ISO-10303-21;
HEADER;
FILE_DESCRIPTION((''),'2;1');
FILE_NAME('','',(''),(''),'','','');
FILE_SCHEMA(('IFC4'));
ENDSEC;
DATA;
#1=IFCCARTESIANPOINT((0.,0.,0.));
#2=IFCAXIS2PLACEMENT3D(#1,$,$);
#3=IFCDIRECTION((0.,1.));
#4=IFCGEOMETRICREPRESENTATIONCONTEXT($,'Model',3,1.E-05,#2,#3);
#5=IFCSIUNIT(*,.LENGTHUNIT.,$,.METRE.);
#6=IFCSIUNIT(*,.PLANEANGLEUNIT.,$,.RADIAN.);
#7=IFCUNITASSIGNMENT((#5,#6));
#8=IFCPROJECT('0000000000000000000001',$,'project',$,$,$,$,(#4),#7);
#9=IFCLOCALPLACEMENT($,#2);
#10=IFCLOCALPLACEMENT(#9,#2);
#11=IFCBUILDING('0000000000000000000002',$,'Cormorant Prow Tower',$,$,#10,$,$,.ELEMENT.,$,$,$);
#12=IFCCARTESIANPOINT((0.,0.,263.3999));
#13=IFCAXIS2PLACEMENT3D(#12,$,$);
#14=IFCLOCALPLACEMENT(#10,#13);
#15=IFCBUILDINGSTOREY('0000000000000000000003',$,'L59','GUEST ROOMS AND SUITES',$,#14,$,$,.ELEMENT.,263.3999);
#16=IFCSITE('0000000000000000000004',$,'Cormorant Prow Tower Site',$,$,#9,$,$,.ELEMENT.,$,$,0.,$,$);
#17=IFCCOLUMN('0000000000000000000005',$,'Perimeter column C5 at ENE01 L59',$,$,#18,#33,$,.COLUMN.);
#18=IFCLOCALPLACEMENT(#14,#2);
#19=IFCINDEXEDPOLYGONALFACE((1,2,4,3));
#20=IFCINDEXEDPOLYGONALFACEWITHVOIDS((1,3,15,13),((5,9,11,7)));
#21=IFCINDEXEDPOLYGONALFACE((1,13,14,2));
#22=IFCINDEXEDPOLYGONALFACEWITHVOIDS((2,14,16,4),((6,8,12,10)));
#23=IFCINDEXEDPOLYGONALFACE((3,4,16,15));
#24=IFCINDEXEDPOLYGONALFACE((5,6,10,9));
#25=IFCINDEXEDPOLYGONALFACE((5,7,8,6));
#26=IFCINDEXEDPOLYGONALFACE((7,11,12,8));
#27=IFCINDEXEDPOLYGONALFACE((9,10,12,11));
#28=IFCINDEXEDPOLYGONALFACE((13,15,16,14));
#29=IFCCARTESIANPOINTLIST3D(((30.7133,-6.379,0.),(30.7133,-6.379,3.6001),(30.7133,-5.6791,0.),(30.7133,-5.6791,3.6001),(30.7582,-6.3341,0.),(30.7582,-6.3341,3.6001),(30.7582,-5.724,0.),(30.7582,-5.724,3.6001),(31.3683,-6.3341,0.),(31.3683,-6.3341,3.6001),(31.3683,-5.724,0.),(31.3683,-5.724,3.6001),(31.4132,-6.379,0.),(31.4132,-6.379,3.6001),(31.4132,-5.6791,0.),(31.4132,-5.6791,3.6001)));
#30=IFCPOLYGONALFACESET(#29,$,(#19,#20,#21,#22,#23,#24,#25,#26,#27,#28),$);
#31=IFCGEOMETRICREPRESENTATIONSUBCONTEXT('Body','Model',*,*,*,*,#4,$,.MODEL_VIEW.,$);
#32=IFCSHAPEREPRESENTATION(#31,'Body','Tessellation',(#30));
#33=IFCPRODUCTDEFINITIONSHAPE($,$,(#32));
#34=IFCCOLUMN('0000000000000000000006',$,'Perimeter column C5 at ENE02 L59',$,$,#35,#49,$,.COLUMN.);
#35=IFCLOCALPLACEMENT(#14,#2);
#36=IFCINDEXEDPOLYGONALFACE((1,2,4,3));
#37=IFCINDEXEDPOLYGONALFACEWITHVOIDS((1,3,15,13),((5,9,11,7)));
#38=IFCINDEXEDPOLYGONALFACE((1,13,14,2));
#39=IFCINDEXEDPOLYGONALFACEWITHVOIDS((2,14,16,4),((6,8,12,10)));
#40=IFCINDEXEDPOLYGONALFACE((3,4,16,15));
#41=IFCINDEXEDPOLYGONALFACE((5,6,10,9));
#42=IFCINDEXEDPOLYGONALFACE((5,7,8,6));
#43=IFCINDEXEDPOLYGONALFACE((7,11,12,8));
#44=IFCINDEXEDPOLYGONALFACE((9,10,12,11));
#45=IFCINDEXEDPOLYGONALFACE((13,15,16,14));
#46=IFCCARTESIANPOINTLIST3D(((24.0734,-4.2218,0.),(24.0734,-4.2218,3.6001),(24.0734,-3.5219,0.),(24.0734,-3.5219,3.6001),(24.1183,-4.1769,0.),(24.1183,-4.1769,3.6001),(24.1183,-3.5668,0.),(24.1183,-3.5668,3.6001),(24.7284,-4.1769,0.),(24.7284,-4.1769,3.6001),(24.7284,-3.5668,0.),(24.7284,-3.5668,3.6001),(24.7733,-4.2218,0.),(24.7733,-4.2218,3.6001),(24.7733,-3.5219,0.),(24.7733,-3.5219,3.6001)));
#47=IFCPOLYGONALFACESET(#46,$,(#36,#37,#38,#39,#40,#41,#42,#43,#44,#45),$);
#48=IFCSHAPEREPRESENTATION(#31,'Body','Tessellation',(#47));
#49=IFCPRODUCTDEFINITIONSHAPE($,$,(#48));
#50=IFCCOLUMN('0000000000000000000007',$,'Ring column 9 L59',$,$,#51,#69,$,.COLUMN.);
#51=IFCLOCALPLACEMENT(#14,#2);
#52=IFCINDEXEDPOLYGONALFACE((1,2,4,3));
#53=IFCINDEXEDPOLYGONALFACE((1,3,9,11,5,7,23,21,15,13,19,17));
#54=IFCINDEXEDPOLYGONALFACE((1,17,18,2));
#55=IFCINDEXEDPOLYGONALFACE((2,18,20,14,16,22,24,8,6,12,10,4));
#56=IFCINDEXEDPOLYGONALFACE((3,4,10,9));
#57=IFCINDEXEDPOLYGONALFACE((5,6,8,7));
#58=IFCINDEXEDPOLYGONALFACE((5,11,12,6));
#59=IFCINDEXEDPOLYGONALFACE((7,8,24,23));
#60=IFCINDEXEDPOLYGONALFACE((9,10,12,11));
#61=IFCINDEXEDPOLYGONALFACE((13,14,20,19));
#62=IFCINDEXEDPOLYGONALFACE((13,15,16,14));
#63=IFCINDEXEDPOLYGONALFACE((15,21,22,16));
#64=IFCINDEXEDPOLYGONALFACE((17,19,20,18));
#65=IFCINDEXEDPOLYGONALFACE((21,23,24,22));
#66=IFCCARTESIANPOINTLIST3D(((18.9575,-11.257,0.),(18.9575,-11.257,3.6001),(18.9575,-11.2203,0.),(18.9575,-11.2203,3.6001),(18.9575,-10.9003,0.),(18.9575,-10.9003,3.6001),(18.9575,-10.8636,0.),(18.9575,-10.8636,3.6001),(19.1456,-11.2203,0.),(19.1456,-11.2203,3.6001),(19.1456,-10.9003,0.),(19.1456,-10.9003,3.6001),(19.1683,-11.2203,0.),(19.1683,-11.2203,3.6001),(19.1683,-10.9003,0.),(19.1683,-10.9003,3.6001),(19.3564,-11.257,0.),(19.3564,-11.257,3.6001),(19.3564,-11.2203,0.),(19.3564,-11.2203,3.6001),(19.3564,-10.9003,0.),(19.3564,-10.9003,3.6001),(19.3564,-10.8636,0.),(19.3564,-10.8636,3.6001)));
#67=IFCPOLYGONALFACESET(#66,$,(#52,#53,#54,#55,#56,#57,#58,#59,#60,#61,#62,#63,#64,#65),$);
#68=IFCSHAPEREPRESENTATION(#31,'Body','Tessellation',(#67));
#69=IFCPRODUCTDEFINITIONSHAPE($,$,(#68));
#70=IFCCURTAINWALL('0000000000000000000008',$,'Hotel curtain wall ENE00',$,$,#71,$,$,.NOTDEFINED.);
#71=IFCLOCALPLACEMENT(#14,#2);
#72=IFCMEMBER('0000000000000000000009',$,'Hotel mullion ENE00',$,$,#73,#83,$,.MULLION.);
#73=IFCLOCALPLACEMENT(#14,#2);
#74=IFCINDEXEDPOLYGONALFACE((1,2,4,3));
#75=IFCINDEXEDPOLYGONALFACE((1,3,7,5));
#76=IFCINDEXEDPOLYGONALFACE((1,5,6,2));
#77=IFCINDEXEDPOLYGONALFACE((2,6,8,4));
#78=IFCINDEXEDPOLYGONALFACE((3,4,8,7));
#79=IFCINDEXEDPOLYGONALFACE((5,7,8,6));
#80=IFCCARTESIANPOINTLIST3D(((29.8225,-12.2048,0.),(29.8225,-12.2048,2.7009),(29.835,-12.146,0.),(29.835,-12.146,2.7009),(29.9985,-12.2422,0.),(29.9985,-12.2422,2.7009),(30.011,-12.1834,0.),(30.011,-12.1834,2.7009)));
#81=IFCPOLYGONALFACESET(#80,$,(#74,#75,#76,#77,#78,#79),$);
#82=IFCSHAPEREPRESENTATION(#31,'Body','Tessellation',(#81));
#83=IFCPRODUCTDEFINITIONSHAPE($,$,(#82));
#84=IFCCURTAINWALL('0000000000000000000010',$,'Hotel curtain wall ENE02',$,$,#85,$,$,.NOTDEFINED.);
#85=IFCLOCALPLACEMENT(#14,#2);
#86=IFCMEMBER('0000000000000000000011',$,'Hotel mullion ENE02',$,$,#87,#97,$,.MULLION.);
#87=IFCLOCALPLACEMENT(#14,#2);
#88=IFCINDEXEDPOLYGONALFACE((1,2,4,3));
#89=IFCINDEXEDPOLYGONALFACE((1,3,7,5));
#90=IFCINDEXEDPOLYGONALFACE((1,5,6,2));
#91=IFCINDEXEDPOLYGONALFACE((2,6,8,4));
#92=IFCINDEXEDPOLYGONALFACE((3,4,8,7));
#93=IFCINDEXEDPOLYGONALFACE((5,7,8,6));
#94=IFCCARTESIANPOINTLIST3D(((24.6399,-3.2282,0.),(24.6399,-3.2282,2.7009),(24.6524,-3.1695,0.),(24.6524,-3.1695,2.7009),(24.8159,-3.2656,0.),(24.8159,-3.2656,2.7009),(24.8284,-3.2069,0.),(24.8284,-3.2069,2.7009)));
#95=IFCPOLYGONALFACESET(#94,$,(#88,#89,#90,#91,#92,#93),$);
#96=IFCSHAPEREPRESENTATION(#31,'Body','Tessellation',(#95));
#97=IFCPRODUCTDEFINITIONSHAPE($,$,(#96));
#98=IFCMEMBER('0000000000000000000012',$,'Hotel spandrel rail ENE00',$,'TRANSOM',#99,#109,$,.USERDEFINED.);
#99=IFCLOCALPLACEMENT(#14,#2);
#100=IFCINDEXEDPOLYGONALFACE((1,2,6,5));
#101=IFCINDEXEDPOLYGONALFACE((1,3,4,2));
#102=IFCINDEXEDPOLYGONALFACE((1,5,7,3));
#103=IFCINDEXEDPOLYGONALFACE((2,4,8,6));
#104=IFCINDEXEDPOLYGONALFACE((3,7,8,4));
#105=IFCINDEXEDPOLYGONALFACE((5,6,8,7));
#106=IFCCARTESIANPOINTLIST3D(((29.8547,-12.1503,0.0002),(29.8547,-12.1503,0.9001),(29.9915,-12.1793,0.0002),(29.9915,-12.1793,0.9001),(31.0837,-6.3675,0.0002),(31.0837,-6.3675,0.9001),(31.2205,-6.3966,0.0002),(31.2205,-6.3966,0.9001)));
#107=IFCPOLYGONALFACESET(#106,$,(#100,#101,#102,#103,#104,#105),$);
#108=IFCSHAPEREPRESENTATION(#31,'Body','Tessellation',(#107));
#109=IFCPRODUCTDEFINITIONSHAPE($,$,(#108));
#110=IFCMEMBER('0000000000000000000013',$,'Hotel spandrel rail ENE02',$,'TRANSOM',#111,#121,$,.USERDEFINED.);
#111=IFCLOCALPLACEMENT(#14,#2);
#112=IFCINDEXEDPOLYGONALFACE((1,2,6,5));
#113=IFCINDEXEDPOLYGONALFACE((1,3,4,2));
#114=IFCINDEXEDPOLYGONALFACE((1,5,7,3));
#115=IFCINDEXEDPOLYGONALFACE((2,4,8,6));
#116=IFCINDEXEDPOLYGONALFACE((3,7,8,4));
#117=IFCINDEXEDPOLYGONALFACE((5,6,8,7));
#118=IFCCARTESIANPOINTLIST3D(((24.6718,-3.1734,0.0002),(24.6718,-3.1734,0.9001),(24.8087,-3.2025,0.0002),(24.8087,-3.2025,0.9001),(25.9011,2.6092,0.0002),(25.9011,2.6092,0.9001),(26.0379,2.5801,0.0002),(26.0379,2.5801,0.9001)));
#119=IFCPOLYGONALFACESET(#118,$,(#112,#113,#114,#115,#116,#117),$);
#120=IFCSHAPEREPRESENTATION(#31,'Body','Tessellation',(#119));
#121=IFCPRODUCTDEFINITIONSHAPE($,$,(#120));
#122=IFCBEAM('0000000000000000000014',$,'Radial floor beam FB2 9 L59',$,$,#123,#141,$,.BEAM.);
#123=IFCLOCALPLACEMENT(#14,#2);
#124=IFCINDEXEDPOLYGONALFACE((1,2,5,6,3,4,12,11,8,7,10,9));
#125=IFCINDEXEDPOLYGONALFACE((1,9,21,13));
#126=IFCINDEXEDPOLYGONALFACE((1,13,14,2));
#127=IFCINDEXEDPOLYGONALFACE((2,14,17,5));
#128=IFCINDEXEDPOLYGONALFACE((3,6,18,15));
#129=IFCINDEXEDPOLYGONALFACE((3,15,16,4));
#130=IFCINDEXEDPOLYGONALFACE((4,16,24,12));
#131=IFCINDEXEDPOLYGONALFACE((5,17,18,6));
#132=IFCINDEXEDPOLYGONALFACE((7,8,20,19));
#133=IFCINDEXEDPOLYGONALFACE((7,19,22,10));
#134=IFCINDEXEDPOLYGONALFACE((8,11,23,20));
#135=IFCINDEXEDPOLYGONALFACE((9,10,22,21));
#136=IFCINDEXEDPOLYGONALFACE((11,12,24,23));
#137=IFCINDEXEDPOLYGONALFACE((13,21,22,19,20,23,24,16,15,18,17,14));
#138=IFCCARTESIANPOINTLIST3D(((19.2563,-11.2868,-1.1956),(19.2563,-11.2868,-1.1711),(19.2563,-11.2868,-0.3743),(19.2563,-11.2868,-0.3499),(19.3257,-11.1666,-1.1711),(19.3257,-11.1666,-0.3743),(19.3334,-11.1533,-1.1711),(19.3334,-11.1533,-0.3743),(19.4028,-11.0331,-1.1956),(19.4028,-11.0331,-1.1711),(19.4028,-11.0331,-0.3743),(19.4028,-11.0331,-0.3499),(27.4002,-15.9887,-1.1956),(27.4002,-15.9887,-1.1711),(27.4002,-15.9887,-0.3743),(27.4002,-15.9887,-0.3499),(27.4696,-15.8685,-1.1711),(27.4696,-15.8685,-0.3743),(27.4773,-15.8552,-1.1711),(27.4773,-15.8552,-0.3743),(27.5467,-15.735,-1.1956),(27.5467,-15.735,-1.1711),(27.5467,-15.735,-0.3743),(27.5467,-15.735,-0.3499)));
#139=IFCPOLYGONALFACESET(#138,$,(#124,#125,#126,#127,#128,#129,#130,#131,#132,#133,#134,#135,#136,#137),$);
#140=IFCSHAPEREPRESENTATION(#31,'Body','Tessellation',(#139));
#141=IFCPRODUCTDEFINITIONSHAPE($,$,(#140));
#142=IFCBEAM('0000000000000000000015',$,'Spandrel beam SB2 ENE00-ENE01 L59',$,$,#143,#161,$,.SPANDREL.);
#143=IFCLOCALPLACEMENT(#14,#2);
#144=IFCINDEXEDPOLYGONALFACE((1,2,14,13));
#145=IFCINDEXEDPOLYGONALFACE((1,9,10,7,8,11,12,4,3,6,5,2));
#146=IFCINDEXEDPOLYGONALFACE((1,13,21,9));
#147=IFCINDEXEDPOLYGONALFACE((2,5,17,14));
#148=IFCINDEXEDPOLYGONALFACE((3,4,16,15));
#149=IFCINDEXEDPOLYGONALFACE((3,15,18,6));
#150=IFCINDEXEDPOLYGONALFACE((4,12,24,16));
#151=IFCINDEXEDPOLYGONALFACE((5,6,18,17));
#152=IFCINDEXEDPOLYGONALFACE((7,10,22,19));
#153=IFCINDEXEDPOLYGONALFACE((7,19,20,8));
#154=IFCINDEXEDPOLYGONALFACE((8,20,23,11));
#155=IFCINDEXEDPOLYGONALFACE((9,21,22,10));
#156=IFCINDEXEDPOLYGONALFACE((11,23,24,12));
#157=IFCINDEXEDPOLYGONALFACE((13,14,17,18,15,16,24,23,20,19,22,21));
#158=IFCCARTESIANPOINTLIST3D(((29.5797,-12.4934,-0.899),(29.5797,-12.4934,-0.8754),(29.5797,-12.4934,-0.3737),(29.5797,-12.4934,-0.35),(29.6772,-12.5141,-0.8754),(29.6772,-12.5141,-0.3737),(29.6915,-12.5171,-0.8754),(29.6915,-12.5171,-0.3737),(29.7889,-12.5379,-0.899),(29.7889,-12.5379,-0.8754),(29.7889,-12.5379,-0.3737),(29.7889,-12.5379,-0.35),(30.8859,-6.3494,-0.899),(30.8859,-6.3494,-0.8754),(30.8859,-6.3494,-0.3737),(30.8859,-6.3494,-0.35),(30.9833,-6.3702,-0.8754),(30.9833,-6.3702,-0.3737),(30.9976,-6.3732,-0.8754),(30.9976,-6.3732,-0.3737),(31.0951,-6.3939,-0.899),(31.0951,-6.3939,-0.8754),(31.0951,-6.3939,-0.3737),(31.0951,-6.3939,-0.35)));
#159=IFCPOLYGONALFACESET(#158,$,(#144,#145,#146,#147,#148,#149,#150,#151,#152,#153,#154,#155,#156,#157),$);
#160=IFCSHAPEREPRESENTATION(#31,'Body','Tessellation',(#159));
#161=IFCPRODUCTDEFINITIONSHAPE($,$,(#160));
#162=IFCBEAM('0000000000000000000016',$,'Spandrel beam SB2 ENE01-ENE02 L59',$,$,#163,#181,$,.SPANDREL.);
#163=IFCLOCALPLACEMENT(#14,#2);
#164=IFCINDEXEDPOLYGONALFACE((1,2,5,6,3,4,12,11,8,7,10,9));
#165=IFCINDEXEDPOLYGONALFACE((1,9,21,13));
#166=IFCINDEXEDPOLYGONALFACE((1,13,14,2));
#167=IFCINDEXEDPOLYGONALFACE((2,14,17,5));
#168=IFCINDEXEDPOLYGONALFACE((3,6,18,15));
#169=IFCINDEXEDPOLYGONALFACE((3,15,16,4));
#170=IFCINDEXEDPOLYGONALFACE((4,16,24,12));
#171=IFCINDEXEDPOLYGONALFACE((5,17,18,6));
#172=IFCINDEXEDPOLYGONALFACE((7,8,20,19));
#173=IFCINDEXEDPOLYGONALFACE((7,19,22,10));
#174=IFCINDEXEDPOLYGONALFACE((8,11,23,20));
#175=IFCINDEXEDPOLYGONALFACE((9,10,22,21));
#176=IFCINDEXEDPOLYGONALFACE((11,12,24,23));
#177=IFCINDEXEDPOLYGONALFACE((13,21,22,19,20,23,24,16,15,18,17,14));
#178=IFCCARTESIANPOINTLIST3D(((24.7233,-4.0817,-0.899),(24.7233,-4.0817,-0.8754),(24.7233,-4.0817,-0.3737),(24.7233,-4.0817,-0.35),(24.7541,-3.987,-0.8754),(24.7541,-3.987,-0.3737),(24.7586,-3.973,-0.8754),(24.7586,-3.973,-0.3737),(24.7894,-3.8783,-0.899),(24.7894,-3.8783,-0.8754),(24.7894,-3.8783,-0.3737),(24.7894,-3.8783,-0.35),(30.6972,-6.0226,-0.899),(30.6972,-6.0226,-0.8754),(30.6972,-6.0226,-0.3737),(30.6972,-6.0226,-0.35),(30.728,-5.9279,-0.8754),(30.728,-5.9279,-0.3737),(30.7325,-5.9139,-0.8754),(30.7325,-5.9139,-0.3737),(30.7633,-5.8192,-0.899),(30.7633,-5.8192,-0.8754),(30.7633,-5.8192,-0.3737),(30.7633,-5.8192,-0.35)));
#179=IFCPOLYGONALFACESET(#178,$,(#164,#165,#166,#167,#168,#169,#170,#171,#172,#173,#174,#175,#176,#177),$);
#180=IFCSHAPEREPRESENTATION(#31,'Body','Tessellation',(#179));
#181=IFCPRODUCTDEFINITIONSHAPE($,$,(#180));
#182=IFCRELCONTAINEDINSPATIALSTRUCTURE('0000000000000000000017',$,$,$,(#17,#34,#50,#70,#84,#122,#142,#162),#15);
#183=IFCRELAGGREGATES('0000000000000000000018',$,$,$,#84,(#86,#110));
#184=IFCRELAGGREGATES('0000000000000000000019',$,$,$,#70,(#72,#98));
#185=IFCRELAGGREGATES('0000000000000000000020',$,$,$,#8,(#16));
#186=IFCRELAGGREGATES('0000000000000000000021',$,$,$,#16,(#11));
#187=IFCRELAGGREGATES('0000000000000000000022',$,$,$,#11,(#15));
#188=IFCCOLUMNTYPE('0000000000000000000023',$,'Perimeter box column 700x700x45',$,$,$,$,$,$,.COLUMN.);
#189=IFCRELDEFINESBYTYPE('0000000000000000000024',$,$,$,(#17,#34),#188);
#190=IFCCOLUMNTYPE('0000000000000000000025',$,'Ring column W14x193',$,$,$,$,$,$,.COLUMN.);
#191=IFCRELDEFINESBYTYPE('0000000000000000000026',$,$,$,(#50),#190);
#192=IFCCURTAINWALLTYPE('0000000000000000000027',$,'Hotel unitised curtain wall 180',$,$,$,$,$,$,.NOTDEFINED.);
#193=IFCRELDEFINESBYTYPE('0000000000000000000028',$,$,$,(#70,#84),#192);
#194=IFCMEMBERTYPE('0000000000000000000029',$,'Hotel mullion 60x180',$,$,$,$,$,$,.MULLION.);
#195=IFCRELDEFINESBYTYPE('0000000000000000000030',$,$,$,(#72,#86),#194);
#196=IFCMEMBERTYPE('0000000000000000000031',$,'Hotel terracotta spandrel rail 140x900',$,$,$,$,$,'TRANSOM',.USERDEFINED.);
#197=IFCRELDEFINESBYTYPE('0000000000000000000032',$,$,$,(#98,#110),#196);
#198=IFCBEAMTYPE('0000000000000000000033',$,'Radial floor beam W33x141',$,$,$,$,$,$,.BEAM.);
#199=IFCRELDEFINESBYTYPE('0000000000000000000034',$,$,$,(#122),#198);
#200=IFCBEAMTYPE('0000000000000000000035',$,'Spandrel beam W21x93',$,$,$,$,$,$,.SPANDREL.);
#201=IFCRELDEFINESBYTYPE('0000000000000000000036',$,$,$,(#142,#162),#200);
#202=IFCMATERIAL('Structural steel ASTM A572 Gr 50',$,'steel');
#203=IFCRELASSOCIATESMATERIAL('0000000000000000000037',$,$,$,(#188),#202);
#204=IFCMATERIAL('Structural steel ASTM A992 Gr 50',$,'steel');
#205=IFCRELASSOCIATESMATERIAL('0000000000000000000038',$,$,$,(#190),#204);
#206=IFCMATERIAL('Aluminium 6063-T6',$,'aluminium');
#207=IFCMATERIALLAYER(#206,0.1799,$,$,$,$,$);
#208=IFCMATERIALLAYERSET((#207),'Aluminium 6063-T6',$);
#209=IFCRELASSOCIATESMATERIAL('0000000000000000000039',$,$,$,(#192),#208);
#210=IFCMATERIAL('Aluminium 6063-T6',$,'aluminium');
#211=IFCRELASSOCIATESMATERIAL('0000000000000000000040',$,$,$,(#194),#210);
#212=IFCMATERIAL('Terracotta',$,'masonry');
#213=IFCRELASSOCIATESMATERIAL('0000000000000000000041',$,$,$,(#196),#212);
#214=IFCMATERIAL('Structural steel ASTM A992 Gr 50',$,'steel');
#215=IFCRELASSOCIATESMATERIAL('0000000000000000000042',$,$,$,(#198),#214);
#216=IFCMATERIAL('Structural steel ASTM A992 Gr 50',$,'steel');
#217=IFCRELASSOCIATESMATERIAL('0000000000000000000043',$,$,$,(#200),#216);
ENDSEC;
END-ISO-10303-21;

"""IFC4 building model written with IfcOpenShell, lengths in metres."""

from ifc_helpers import new_model, si_unit, direction, frame, origin, origin_2d, place, context, subcontext, project, spatial, rectangle, hollow_rectangle, i_section, extrude, material, layer, layer_set, material_profile, profile_set, type_object, element, aggregate, save


model = new_model("IFC4")

# Units and contexts
model_context = context("Model", 3, precision=1e-05, world=origin(), true_north=direction((0.0, 1.0)))
body_context = subcontext(model_context, "Body", "Model", "MODEL_VIEW")
ifc_project = project(units=[si_unit("LENGTHUNIT", "METRE"), si_unit("PLANEANGLEUNIT", "RADIAN")], contexts=[model_context])

# Site, building, storey
site_placement = place(None, origin())
site = spatial("IfcSite", under=ifc_project, at=site_placement, Name="Cormorant Prow Tower Site", CompositionType="ELEMENT", RefElevation=0.0)
building_placement = place(site_placement, origin())
building = spatial("IfcBuilding", under=site, at=building_placement, Name="Cormorant Prow Tower", CompositionType="ELEMENT")
storey_placement = place(building_placement, frame((0.0, 0.0, 263.3999)))
storey = spatial("IfcBuildingStorey", under=building, at=storey_placement, Name="L59", Description="GUEST ROOMS AND SUITES", CompositionType="ELEMENT", Elevation=263.3999)

# Columns
ifc_material_1 = material(Name="Structural steel ASTM A572 Gr 50", Category="steel")
ifc_material_profile_1 = material_profile(ifc_material_1, hollow_rectangle(XDim=0.7, YDim=0.7, WallThickness=0.0449, at=origin_2d()), Name="Box 700x700x45")
ifc_profile_set_1 = profile_set([ifc_material_profile_1], Name="Structural steel ASTM A572 Gr 50")
column_type_1 = type_object("IfcColumnType", Name="Perimeter box column 700x700x45", PredefinedType="COLUMN", material=ifc_profile_set_1)
for number, where, z_axis, x_axis, name in (
    (1, (31.0632, -6.0291, 0.0), (0.0, 0.0, 1.0), (1.0, 0.0, 0.0), "Perimeter column C5 at ENE01 L59"),
    (2, (24.4233, -3.8718, 0.0), (0.0, 0.0, 1.0), (1.0, 0.0, 0.0), "Perimeter column C5 at ENE02 L59"),
):
    element("IfcColumn", number, at=place(storey_placement, frame(where, z_axis=z_axis, x_axis=x_axis)), inside=storey, type_object=column_type_1, Name=name, PredefinedType="COLUMN", context=body_context, shape_type="SweptSolid", body=[
        extrude(hollow_rectangle(XDim=0.7, YDim=0.7, WallThickness=0.0449, at=origin_2d()), origin(), (0.0, 0.0, 1.0), 3.6001),
    ])
ifc_material_2 = material(Name="Structural steel ASTM A992 Gr 50", Category="steel")
ifc_material_profile_2 = material_profile(ifc_material_2, i_section(OverallWidth=0.3989, OverallDepth=0.3933, WebThickness=0.0227, FlangeThickness=0.0366, at=origin_2d()), Name="W14x193")
ifc_profile_set_2 = profile_set([ifc_material_profile_2], Name="Structural steel ASTM A992 Gr 50")
column_type_2 = type_object("IfcColumnType", Name="Ring column W14x193", PredefinedType="COLUMN", material=ifc_profile_set_2)
column_placement = place(storey_placement, frame((19.157, -11.0603, 0.0), z_axis=(0.0, 0.0, 1.0), x_axis=(1.0, 0.0, 0.0)))
element("IfcColumn", 3, at=column_placement, inside=storey, type_object=column_type_2, Name="Ring column 9 L59", PredefinedType="COLUMN", context=body_context, shape_type="SweptSolid", body=[
    extrude(i_section(OverallWidth=0.3989, OverallDepth=0.3933, WebThickness=0.0227, FlangeThickness=0.0366, at=origin_2d()), origin(), (0.0, 0.0, 1.0), 3.6001),
])

# Curtain walls, members
ifc_material_3 = material(Name="Aluminium 6063-T6", Category="aluminium")
ifc_layer_1 = layer(ifc_material_3, 0.1799)
ifc_layer_set_1 = layer_set([ifc_layer_1], Name="Aluminium 6063-T6")
curtain_wall_type = type_object("IfcCurtainWallType", Name="Hotel unitised curtain wall 180", PredefinedType="NOTDEFINED", material=ifc_layer_set_1)
curtain_wall_1_placement = place(storey_placement, origin())
curtain_wall_1 = element("IfcCurtainWall", 4, at=curtain_wall_1_placement, inside=storey, type_object=curtain_wall_type, Name="Hotel curtain wall ENE00", PredefinedType="NOTDEFINED")
ifc_material_4 = material(Name="Aluminium 6063-T6", Category="aluminium")
ifc_material_profile_3 = material_profile(ifc_material_4, rectangle(XDim=0.1799, YDim=0.0601, at=origin_2d()), Name="Hotel mullion 60x180")
ifc_profile_set_3 = profile_set([ifc_material_profile_3], Name="Aluminium 6063-T6")
member_type_1 = type_object("IfcMemberType", Name="Hotel mullion 60x180", PredefinedType="MULLION", material=ifc_profile_set_3)
member_1_placement = place(storey_placement, frame((29.9167, -12.1941, 0.0), z_axis=(0.0, 0.0, 1.0), x_axis=(-0.978148, 0.207912, 0.0)))
member_1 = element("IfcMember", 5, at=member_1_placement, type_object=member_type_1, Name="Hotel mullion ENE00", PredefinedType="MULLION", context=body_context, shape_type="SweptSolid", body=[
    extrude(rectangle(XDim=0.1799, YDim=0.0601, at=origin_2d()), origin(), (0.0, 0.0, 1.0), 2.7009),
])
curtain_wall_2_placement = place(storey_placement, origin())
curtain_wall_2 = element("IfcCurtainWall", 6, at=curtain_wall_2_placement, inside=storey, type_object=curtain_wall_type, Name="Hotel curtain wall ENE02", PredefinedType="NOTDEFINED")
member_2_placement = place(storey_placement, frame((24.7341, -3.2175, 0.0), z_axis=(0.0, 0.0, 1.0), x_axis=(-0.978148, 0.207912, 0.0)))
member_2 = element("IfcMember", 7, at=member_2_placement, type_object=member_type_1, Name="Hotel mullion ENE02", PredefinedType="MULLION", context=body_context, shape_type="SweptSolid", body=[
    extrude(rectangle(XDim=0.1799, YDim=0.0601, at=origin_2d()), origin(), (0.0, 0.0, 1.0), 2.7009),
])

# Members
ifc_material_5 = material(Name="Terracotta", Category="masonry")
ifc_material_profile_4 = material_profile(ifc_material_5, rectangle(XDim=0.1399, YDim=0.8999, at=origin_2d()), Name="Hotel terracotta spandrel rail 140x900")
ifc_profile_set_4 = profile_set([ifc_material_profile_4], Name="Terracotta")
member_type_2 = type_object("IfcMemberType", Name="Hotel terracotta spandrel rail 140x900", ElementType="TRANSOM", PredefinedType="USERDEFINED", material=ifc_profile_set_4)
member_3_placement = place(storey_placement, frame((29.9231, -12.1648, 0.4502), z_axis=(0.207887, 0.978153, 0.0), x_axis=(-0.978153, 0.207887, 0.0)))
member_3 = element("IfcMember", 8, at=member_3_placement, type_object=member_type_2, Name="Hotel spandrel rail ENE00", ObjectType="TRANSOM", PredefinedType="USERDEFINED", context=body_context, shape_type="SweptSolid", body=[
    extrude(rectangle(XDim=0.1399, YDim=0.8999, at=origin_2d()), origin(), (0.0, 0.0, 1.0), 5.9119),
])
member_4_placement = place(storey_placement, frame((24.7402, -3.188, 0.4502), z_axis=(0.207927, 0.978144, 0.0), x_axis=(-0.978144, 0.207927, 0.0)))
member_4 = element("IfcMember", 9, at=member_4_placement, type_object=member_type_2, Name="Hotel spandrel rail ENE02", ObjectType="TRANSOM", PredefinedType="USERDEFINED", context=body_context, shape_type="SweptSolid", body=[
    extrude(rectangle(XDim=0.1399, YDim=0.8999, at=origin_2d()), origin(), (0.0, 0.0, 1.0), 5.9119),
])
aggregate(curtain_wall_2, [member_2, member_4])

# Beams
ifc_material_6 = material(Name="Structural steel ASTM A992 Gr 50", Category="steel")
ifc_material_profile_5 = material_profile(ifc_material_6, i_section(OverallWidth=0.293, OverallDepth=0.8457, WebThickness=0.0154, FlangeThickness=0.0244, at=origin_2d()), Name="W33x141")
ifc_profile_set_5 = profile_set([ifc_material_profile_5], Name="Structural steel ASTM A992 Gr 50")
beam_type_1 = type_object("IfcBeamType", Name="Radial floor beam W33x141", PredefinedType="BEAM", material=ifc_profile_set_5)
beam_placement = place(storey_placement, frame((19.3296, -11.1599, -0.7727), z_axis=(0.866022, -0.500006, 0.0), x_axis=(0.500006, 0.866022, 0.0)))
element("IfcBeam", 10, at=beam_placement, inside=storey, type_object=beam_type_1, Name="Radial floor beam FB2 9 L59", PredefinedType="BEAM", context=body_context, shape_type="SweptSolid", body=[
    extrude(i_section(OverallWidth=0.293, OverallDepth=0.8457, WebThickness=0.0154, FlangeThickness=0.0244, at=origin_2d()), origin(), (0.0, 0.0, 1.0), 9.4038),
])
ifc_material_7 = material(Name="Structural steel ASTM A992 Gr 50", Category="steel")
ifc_material_profile_6 = material_profile(ifc_material_7, i_section(OverallWidth=0.2139, OverallDepth=0.5491, WebThickness=0.0146, FlangeThickness=0.0237, at=origin_2d()), Name="W21x93")
ifc_profile_set_6 = profile_set([ifc_material_profile_6], Name="Structural steel ASTM A992 Gr 50")
beam_type_2 = type_object("IfcBeamType", Name="Spandrel beam W21x93", PredefinedType="SPANDREL", material=ifc_profile_set_6)
for number, where, z_axis, x_axis, name in (
    (11, (29.6843, -12.5156, -0.6245), (0.207941, 0.978141, 0.0), (-0.978141, 0.207941, 0.0), "Spandrel beam SB2 ENE00-ENE01 L59"),
    (12, (30.7302, -5.9209, -0.6245), (-0.951062, 0.309001, 0.0), (-0.309001, -0.951062, 0.0), "Spandrel beam SB2 ENE01-ENE02 L59"),
):
    element("IfcBeam", number, at=place(storey_placement, frame(where, z_axis=z_axis, x_axis=x_axis)), inside=storey, type_object=beam_type_2, Name=name, PredefinedType="SPANDREL", context=body_context, shape_type="SweptSolid", body=[
        extrude(i_section(OverallWidth=0.2139, OverallDepth=0.5491, WebThickness=0.0146, FlangeThickness=0.0237, at=origin_2d()), origin(), (0.0, 0.0, 1.0), 6.2812),
    ])

aggregate(curtain_wall_1, [member_1, member_3])

save(model, "model.ifc")
